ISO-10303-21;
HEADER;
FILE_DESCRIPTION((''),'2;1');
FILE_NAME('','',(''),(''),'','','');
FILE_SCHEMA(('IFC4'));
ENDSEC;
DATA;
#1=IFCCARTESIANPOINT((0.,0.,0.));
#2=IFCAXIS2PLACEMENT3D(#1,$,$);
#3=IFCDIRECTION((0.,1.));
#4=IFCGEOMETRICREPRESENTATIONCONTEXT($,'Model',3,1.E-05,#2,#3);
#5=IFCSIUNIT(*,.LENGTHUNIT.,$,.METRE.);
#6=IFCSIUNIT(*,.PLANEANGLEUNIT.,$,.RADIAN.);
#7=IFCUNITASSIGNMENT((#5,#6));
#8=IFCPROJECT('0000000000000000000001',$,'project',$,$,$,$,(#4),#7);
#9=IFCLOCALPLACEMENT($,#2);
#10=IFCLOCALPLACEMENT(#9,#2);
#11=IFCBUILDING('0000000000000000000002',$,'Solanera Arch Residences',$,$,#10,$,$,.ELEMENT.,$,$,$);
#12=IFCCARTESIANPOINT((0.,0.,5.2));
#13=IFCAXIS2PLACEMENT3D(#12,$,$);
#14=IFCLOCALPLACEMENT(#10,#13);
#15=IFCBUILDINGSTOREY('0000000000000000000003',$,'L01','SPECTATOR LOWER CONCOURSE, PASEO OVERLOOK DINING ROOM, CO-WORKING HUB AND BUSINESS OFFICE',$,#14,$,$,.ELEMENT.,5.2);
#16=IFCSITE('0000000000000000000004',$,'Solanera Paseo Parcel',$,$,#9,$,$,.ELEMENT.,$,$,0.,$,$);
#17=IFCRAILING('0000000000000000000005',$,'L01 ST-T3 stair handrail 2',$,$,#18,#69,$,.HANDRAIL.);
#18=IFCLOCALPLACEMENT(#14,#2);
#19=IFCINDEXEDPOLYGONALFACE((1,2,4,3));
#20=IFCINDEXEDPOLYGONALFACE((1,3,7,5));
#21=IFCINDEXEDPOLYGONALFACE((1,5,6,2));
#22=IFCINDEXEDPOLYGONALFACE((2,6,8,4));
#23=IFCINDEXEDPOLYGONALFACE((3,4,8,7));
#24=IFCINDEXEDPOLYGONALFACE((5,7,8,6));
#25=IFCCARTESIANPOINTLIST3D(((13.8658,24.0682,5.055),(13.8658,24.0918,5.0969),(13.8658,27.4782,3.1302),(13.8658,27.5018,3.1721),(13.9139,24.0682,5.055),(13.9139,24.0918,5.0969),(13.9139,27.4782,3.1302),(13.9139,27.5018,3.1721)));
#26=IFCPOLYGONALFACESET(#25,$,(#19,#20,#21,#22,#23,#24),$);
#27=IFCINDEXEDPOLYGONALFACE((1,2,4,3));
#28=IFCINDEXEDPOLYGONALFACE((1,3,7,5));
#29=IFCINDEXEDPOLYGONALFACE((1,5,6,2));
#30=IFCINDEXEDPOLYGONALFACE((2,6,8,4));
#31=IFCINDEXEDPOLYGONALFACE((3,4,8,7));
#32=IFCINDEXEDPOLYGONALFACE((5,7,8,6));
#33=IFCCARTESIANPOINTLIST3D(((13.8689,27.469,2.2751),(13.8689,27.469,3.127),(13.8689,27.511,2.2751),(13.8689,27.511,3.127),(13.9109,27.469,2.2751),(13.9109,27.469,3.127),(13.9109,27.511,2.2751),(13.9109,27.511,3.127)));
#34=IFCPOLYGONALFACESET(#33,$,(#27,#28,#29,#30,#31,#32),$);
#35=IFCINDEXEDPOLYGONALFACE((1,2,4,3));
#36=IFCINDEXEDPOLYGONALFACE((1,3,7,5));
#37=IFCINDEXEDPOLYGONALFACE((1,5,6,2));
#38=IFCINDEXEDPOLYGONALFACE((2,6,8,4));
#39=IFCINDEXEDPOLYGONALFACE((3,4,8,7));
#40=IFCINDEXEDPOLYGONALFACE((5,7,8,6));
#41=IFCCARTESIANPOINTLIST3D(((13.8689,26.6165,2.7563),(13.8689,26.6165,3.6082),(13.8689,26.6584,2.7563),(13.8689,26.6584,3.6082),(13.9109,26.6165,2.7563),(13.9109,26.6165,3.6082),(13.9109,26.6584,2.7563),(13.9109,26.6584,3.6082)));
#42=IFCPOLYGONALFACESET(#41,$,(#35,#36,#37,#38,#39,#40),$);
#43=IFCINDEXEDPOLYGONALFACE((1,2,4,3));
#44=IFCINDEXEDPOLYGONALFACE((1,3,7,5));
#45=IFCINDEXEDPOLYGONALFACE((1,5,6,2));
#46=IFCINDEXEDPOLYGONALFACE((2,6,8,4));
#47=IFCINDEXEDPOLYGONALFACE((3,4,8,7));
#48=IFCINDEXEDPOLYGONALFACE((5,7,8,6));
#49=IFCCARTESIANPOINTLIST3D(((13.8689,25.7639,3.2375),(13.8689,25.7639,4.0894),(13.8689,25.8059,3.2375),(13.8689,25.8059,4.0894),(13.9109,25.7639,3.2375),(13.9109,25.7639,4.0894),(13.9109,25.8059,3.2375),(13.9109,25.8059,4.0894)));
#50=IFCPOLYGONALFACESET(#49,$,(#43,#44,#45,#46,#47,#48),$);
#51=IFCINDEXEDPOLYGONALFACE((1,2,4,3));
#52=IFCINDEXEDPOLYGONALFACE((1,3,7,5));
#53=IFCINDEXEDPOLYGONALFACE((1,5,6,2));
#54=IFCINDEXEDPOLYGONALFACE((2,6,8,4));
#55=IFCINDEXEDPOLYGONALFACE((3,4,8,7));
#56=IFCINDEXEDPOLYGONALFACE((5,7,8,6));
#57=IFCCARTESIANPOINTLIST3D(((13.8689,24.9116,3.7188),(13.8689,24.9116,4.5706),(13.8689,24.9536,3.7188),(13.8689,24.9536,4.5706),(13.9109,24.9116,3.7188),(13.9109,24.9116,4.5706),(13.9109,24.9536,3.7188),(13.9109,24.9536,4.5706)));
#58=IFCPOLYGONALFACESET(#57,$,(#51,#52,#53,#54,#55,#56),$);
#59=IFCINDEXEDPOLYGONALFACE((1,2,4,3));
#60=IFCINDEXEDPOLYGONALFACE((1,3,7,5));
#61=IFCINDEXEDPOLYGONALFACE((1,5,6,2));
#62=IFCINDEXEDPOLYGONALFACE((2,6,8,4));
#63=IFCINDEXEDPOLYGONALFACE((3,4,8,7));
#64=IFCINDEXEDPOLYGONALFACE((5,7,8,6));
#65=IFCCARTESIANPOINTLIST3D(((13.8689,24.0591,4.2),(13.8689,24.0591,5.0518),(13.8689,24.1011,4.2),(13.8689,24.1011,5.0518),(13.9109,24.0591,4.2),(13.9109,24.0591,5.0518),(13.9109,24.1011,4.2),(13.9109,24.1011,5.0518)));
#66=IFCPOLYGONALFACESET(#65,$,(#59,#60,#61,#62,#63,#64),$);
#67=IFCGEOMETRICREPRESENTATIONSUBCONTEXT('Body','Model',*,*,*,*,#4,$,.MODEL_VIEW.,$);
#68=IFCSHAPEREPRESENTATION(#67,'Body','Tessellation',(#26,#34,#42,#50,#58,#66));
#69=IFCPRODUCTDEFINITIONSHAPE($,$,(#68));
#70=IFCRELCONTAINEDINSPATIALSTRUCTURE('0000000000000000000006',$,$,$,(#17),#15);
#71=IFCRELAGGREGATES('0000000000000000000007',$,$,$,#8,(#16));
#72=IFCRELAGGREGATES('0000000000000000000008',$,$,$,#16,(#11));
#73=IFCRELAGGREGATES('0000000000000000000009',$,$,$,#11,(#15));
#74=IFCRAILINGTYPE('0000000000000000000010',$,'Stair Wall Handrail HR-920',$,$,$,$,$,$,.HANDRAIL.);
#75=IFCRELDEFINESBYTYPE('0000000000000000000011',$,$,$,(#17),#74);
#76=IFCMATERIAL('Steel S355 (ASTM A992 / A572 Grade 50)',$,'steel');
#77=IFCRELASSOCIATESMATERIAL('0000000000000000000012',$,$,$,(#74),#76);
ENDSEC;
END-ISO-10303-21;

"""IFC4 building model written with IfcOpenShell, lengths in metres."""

from ifc_helpers import new_model, si_unit, direction, frame, origin, origin_2d, place, context, subcontext, project, spatial, rectangle, extrude, material, type_object, element, save


model = new_model("IFC4")

# Units and contexts
model_context = context("Model", 3, precision=1e-05, world=origin(), true_north=direction((0.0, 1.0)))
body_context = subcontext(model_context, "Body", "Model", "MODEL_VIEW")
ifc_project = project(units=[si_unit("LENGTHUNIT", "METRE"), si_unit("PLANEANGLEUNIT", "RADIAN")], contexts=[model_context])

# Site, building, storey
site_placement = place(None, origin())
site = spatial("IfcSite", under=ifc_project, at=site_placement, Name="Solanera Paseo Parcel", CompositionType="ELEMENT", RefElevation=0.0)
building_placement = place(site_placement, origin())
building = spatial("IfcBuilding", under=site, at=building_placement, Name="Solanera Arch Residences", CompositionType="ELEMENT")
storey_placement = place(building_placement, frame((0.0, 0.0, 5.2)))
storey = spatial("IfcBuildingStorey", under=building, at=storey_placement, Name="L01", Description="SPECTATOR LOWER CONCOURSE, PASEO OVERLOOK DINING ROOM, CO-WORKING HUB AND BUSINESS OFFICE", CompositionType="ELEMENT", Elevation=5.2)

# Railing
ifc_material_1 = material(Name="Steel S355 (ASTM A992 / A572 Grade 50)", Category="steel")
railing_type_1 = type_object("IfcRailingType", Name="Stair Wall Handrail HR-920", PredefinedType="HANDRAIL", material=ifc_material_1)
railing_1_placement = place(storey_placement, frame((13.8899, 27.49, 2.2751)))
element("IfcRailing", 1, at=railing_1_placement, inside=storey, type_object=railing_type_1, Name="L01 ST-T3 stair handrail 2", PredefinedType="HANDRAIL", context=body_context, shape_type="SweptSolid", body=[
    extrude(rectangle(XDim=0.0481, YDim=0.0481, at=origin_2d()), frame((0.0, 0.0, 0.876), z_axis=(0.0, -0.87084, 0.491566), x_axis=(1.0, 0.0, 0.0)), (0.0, 0.0, 1.0), 3.9158),
    extrude(rectangle(XDim=0.042, YDim=0.042, at=origin_2d()), origin(), (0.0, 0.0, 1.0), 0.8518),
    extrude(rectangle(XDim=0.042, YDim=0.042, at=origin_2d()), frame((0.0, -0.8525, 0.4812)), (0.0, 0.0, 1.0), 0.8518),
    extrude(rectangle(XDim=0.042, YDim=0.042, at=origin_2d()), frame((0.0, -1.7051, 0.9624)), (0.0, 0.0, 1.0), 0.8518),
    extrude(rectangle(XDim=0.042, YDim=0.042, at=origin_2d()), frame((0.0, -2.5574, 1.4436)), (0.0, 0.0, 1.0), 0.8518),
    extrude(rectangle(XDim=0.042, YDim=0.042, at=origin_2d()), frame((0.0, -3.4099, 1.9248)), (0.0, 0.0, 1.0), 0.8518),
])

save(model, "model.ifc")
